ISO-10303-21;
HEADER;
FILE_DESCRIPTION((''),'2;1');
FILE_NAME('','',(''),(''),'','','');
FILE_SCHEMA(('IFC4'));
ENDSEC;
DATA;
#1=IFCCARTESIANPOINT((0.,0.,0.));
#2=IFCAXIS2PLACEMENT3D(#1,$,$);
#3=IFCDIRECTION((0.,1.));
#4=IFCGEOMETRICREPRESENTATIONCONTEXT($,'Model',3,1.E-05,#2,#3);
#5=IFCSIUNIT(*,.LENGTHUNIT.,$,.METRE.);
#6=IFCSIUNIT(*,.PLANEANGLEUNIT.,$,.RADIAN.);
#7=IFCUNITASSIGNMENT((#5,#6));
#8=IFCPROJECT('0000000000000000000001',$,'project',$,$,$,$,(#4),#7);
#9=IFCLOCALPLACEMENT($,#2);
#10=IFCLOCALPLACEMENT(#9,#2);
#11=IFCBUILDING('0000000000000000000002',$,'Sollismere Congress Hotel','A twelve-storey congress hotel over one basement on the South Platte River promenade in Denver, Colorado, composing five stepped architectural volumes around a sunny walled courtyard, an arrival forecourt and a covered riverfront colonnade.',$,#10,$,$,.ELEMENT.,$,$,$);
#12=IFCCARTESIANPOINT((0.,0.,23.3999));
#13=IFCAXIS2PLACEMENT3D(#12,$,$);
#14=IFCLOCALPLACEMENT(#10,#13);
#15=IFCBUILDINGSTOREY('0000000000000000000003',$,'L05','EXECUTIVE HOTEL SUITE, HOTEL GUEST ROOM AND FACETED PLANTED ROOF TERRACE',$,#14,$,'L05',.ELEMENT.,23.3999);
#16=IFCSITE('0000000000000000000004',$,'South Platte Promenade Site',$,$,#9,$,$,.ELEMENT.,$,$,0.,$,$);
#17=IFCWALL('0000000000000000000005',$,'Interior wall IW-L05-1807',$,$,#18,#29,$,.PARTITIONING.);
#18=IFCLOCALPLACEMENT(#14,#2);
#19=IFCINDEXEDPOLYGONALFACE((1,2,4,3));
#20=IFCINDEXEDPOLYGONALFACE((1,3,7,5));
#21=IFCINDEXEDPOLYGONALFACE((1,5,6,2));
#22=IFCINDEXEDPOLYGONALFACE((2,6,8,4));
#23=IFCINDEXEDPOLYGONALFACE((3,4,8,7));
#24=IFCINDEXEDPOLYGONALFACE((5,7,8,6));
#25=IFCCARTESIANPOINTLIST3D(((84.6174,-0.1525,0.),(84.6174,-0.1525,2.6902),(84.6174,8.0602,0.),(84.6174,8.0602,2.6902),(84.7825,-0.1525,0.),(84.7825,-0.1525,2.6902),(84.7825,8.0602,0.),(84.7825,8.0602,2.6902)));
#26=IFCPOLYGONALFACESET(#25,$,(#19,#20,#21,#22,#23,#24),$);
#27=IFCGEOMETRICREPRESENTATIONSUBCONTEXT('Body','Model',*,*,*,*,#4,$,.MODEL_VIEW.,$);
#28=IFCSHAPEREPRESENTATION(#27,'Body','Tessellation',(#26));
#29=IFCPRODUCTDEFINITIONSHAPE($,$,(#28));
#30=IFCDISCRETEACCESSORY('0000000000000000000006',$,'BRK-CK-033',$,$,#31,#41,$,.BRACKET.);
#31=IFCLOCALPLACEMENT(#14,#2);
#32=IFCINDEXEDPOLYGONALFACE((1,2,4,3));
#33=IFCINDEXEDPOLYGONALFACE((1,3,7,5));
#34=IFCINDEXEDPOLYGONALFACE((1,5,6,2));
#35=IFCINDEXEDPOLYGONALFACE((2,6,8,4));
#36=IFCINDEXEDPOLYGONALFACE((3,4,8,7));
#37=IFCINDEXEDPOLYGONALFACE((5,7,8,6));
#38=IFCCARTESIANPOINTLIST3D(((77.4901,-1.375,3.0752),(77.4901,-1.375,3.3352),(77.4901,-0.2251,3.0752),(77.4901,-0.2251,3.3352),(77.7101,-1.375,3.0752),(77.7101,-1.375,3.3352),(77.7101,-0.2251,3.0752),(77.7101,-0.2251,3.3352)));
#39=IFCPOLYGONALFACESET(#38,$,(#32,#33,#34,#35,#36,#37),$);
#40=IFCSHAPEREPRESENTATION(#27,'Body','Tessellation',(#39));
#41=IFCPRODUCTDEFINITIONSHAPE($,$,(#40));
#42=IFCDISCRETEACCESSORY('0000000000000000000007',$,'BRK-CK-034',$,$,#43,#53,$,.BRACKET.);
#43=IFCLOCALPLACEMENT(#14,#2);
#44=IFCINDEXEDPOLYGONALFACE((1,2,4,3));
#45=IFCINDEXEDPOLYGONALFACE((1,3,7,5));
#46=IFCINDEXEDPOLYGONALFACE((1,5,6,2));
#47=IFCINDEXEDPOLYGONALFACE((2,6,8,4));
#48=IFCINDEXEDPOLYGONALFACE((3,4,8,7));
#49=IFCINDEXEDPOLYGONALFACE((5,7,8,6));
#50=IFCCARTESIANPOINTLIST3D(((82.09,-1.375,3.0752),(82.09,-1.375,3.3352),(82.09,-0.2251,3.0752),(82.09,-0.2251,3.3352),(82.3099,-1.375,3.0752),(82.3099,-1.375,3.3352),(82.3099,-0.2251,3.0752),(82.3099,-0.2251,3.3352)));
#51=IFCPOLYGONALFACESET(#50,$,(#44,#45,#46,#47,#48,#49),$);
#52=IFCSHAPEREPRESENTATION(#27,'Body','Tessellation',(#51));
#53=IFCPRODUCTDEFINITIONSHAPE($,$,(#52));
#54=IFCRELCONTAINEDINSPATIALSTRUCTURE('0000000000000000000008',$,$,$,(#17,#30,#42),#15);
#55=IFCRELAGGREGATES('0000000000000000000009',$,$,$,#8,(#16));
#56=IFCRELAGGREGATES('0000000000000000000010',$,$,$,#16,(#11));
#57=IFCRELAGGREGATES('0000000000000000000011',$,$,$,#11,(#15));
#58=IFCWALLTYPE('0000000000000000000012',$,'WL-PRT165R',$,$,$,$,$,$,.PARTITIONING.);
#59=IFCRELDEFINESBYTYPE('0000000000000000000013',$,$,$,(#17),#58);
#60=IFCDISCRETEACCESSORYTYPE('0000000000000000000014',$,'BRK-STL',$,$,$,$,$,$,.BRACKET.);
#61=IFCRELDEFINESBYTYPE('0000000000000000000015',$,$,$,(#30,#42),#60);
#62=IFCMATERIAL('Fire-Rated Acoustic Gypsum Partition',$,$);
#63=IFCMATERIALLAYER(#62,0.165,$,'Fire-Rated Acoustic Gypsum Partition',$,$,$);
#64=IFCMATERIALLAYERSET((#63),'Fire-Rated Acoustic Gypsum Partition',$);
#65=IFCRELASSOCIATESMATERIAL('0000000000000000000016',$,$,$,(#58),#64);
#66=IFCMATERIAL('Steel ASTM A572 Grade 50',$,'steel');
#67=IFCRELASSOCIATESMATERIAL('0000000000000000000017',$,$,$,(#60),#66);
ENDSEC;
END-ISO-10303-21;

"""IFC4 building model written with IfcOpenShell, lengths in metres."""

from ifc_helpers import new_model, si_unit, direction, frame, frame_2d, origin, origin_2d, place, context, subcontext, project, spatial, rectangle, extrude, material, layer, layer_set, type_object, element, save


model = new_model("IFC4")

# Units and contexts
model_context = context("Model", 3, precision=1e-05, world=origin(), true_north=direction((0.0, 1.0)))
body_context = subcontext(model_context, "Body", "Model", "MODEL_VIEW")
ifc_project = project(units=[si_unit("LENGTHUNIT", "METRE"), si_unit("PLANEANGLEUNIT", "RADIAN")], contexts=[model_context])

# Site, building, storey
site_placement = place(None, origin())
site = spatial("IfcSite", under=ifc_project, at=site_placement, Name="South Platte Promenade Site", CompositionType="ELEMENT", RefElevation=0.0)
building_placement = place(site_placement, origin())
building = spatial("IfcBuilding", under=site, at=building_placement, Name="Sollismere Congress Hotel", Description="A twelve-storey congress hotel over one basement on the South Platte River promenade in Denver, Colorado, composing five stepped architectural volumes around a sunny walled courtyard, an arrival forecourt and a covered riverfront colonnade.", CompositionType="ELEMENT")
storey_placement = place(building_placement, frame((0.0, 0.0, 23.3999)))
storey = spatial("IfcBuildingStorey", under=building, at=storey_placement, Name="L05", Description="EXECUTIVE HOTEL SUITE, HOTEL GUEST ROOM AND FACETED PLANTED ROOF TERRACE", LongName="L05", CompositionType="ELEMENT", Elevation=23.3999)

# Wall
ifc_material_1 = material(Name="Fire-Rated Acoustic Gypsum Partition")
ifc_layer_1 = layer(ifc_material_1, 0.165, Name="Fire-Rated Acoustic Gypsum Partition")
ifc_layer_set_1 = layer_set([ifc_layer_1], Name="Fire-Rated Acoustic Gypsum Partition")
wall_type_1 = type_object("IfcWallType", Name="WL-PRT165R", PredefinedType="PARTITIONING", material=ifc_layer_set_1)
wall_1_placement = place(storey_placement, frame((84.7, -0.1526, 0.0), z_axis=(0.0, 0.0, 1.0), x_axis=(0.0, 1.0, 0.0)))
element("IfcWall", 1, at=wall_1_placement, inside=storey, type_object=wall_type_1, Name="Interior wall IW-L05-1807", PredefinedType="PARTITIONING", context=body_context, shape_type="SweptSolid", body=[
    extrude(rectangle(XDim=8.2126, YDim=0.165, at=frame_2d((4.1064, 0.0))), origin(), (0.0, 0.0, 1.0), 2.6902),
])

# Discrete accessories
ifc_material_2 = material(Name="Steel ASTM A572 Grade 50", Category="steel")
discrete_accessory_type = type_object("IfcDiscreteAccessoryType", Name="BRK-STL", PredefinedType="BRACKET", material=ifc_material_2)
for number, where, z_axis, x_axis, name in (
    (2, (77.6001, -0.8, 3.0752), (0.0, 0.0, 1.0), (1.0, 0.0, 0.0), "BRK-CK-033"),
    (3, (82.2, -0.8, 3.0752), (0.0, 0.0, 1.0), (1.0, 0.0, 0.0), "BRK-CK-034"),
):
    element("IfcDiscreteAccessory", number, at=place(storey_placement, frame(where, z_axis=z_axis, x_axis=x_axis)), inside=storey, type_object=discrete_accessory_type, Name=name, PredefinedType="BRACKET", context=body_context, shape_type="SweptSolid", body=[
        extrude(rectangle(XDim=0.22, YDim=1.1499, at=origin_2d()), origin(), (0.0, 0.0, 1.0), 0.26),
    ])

save(model, "model.ifc")
